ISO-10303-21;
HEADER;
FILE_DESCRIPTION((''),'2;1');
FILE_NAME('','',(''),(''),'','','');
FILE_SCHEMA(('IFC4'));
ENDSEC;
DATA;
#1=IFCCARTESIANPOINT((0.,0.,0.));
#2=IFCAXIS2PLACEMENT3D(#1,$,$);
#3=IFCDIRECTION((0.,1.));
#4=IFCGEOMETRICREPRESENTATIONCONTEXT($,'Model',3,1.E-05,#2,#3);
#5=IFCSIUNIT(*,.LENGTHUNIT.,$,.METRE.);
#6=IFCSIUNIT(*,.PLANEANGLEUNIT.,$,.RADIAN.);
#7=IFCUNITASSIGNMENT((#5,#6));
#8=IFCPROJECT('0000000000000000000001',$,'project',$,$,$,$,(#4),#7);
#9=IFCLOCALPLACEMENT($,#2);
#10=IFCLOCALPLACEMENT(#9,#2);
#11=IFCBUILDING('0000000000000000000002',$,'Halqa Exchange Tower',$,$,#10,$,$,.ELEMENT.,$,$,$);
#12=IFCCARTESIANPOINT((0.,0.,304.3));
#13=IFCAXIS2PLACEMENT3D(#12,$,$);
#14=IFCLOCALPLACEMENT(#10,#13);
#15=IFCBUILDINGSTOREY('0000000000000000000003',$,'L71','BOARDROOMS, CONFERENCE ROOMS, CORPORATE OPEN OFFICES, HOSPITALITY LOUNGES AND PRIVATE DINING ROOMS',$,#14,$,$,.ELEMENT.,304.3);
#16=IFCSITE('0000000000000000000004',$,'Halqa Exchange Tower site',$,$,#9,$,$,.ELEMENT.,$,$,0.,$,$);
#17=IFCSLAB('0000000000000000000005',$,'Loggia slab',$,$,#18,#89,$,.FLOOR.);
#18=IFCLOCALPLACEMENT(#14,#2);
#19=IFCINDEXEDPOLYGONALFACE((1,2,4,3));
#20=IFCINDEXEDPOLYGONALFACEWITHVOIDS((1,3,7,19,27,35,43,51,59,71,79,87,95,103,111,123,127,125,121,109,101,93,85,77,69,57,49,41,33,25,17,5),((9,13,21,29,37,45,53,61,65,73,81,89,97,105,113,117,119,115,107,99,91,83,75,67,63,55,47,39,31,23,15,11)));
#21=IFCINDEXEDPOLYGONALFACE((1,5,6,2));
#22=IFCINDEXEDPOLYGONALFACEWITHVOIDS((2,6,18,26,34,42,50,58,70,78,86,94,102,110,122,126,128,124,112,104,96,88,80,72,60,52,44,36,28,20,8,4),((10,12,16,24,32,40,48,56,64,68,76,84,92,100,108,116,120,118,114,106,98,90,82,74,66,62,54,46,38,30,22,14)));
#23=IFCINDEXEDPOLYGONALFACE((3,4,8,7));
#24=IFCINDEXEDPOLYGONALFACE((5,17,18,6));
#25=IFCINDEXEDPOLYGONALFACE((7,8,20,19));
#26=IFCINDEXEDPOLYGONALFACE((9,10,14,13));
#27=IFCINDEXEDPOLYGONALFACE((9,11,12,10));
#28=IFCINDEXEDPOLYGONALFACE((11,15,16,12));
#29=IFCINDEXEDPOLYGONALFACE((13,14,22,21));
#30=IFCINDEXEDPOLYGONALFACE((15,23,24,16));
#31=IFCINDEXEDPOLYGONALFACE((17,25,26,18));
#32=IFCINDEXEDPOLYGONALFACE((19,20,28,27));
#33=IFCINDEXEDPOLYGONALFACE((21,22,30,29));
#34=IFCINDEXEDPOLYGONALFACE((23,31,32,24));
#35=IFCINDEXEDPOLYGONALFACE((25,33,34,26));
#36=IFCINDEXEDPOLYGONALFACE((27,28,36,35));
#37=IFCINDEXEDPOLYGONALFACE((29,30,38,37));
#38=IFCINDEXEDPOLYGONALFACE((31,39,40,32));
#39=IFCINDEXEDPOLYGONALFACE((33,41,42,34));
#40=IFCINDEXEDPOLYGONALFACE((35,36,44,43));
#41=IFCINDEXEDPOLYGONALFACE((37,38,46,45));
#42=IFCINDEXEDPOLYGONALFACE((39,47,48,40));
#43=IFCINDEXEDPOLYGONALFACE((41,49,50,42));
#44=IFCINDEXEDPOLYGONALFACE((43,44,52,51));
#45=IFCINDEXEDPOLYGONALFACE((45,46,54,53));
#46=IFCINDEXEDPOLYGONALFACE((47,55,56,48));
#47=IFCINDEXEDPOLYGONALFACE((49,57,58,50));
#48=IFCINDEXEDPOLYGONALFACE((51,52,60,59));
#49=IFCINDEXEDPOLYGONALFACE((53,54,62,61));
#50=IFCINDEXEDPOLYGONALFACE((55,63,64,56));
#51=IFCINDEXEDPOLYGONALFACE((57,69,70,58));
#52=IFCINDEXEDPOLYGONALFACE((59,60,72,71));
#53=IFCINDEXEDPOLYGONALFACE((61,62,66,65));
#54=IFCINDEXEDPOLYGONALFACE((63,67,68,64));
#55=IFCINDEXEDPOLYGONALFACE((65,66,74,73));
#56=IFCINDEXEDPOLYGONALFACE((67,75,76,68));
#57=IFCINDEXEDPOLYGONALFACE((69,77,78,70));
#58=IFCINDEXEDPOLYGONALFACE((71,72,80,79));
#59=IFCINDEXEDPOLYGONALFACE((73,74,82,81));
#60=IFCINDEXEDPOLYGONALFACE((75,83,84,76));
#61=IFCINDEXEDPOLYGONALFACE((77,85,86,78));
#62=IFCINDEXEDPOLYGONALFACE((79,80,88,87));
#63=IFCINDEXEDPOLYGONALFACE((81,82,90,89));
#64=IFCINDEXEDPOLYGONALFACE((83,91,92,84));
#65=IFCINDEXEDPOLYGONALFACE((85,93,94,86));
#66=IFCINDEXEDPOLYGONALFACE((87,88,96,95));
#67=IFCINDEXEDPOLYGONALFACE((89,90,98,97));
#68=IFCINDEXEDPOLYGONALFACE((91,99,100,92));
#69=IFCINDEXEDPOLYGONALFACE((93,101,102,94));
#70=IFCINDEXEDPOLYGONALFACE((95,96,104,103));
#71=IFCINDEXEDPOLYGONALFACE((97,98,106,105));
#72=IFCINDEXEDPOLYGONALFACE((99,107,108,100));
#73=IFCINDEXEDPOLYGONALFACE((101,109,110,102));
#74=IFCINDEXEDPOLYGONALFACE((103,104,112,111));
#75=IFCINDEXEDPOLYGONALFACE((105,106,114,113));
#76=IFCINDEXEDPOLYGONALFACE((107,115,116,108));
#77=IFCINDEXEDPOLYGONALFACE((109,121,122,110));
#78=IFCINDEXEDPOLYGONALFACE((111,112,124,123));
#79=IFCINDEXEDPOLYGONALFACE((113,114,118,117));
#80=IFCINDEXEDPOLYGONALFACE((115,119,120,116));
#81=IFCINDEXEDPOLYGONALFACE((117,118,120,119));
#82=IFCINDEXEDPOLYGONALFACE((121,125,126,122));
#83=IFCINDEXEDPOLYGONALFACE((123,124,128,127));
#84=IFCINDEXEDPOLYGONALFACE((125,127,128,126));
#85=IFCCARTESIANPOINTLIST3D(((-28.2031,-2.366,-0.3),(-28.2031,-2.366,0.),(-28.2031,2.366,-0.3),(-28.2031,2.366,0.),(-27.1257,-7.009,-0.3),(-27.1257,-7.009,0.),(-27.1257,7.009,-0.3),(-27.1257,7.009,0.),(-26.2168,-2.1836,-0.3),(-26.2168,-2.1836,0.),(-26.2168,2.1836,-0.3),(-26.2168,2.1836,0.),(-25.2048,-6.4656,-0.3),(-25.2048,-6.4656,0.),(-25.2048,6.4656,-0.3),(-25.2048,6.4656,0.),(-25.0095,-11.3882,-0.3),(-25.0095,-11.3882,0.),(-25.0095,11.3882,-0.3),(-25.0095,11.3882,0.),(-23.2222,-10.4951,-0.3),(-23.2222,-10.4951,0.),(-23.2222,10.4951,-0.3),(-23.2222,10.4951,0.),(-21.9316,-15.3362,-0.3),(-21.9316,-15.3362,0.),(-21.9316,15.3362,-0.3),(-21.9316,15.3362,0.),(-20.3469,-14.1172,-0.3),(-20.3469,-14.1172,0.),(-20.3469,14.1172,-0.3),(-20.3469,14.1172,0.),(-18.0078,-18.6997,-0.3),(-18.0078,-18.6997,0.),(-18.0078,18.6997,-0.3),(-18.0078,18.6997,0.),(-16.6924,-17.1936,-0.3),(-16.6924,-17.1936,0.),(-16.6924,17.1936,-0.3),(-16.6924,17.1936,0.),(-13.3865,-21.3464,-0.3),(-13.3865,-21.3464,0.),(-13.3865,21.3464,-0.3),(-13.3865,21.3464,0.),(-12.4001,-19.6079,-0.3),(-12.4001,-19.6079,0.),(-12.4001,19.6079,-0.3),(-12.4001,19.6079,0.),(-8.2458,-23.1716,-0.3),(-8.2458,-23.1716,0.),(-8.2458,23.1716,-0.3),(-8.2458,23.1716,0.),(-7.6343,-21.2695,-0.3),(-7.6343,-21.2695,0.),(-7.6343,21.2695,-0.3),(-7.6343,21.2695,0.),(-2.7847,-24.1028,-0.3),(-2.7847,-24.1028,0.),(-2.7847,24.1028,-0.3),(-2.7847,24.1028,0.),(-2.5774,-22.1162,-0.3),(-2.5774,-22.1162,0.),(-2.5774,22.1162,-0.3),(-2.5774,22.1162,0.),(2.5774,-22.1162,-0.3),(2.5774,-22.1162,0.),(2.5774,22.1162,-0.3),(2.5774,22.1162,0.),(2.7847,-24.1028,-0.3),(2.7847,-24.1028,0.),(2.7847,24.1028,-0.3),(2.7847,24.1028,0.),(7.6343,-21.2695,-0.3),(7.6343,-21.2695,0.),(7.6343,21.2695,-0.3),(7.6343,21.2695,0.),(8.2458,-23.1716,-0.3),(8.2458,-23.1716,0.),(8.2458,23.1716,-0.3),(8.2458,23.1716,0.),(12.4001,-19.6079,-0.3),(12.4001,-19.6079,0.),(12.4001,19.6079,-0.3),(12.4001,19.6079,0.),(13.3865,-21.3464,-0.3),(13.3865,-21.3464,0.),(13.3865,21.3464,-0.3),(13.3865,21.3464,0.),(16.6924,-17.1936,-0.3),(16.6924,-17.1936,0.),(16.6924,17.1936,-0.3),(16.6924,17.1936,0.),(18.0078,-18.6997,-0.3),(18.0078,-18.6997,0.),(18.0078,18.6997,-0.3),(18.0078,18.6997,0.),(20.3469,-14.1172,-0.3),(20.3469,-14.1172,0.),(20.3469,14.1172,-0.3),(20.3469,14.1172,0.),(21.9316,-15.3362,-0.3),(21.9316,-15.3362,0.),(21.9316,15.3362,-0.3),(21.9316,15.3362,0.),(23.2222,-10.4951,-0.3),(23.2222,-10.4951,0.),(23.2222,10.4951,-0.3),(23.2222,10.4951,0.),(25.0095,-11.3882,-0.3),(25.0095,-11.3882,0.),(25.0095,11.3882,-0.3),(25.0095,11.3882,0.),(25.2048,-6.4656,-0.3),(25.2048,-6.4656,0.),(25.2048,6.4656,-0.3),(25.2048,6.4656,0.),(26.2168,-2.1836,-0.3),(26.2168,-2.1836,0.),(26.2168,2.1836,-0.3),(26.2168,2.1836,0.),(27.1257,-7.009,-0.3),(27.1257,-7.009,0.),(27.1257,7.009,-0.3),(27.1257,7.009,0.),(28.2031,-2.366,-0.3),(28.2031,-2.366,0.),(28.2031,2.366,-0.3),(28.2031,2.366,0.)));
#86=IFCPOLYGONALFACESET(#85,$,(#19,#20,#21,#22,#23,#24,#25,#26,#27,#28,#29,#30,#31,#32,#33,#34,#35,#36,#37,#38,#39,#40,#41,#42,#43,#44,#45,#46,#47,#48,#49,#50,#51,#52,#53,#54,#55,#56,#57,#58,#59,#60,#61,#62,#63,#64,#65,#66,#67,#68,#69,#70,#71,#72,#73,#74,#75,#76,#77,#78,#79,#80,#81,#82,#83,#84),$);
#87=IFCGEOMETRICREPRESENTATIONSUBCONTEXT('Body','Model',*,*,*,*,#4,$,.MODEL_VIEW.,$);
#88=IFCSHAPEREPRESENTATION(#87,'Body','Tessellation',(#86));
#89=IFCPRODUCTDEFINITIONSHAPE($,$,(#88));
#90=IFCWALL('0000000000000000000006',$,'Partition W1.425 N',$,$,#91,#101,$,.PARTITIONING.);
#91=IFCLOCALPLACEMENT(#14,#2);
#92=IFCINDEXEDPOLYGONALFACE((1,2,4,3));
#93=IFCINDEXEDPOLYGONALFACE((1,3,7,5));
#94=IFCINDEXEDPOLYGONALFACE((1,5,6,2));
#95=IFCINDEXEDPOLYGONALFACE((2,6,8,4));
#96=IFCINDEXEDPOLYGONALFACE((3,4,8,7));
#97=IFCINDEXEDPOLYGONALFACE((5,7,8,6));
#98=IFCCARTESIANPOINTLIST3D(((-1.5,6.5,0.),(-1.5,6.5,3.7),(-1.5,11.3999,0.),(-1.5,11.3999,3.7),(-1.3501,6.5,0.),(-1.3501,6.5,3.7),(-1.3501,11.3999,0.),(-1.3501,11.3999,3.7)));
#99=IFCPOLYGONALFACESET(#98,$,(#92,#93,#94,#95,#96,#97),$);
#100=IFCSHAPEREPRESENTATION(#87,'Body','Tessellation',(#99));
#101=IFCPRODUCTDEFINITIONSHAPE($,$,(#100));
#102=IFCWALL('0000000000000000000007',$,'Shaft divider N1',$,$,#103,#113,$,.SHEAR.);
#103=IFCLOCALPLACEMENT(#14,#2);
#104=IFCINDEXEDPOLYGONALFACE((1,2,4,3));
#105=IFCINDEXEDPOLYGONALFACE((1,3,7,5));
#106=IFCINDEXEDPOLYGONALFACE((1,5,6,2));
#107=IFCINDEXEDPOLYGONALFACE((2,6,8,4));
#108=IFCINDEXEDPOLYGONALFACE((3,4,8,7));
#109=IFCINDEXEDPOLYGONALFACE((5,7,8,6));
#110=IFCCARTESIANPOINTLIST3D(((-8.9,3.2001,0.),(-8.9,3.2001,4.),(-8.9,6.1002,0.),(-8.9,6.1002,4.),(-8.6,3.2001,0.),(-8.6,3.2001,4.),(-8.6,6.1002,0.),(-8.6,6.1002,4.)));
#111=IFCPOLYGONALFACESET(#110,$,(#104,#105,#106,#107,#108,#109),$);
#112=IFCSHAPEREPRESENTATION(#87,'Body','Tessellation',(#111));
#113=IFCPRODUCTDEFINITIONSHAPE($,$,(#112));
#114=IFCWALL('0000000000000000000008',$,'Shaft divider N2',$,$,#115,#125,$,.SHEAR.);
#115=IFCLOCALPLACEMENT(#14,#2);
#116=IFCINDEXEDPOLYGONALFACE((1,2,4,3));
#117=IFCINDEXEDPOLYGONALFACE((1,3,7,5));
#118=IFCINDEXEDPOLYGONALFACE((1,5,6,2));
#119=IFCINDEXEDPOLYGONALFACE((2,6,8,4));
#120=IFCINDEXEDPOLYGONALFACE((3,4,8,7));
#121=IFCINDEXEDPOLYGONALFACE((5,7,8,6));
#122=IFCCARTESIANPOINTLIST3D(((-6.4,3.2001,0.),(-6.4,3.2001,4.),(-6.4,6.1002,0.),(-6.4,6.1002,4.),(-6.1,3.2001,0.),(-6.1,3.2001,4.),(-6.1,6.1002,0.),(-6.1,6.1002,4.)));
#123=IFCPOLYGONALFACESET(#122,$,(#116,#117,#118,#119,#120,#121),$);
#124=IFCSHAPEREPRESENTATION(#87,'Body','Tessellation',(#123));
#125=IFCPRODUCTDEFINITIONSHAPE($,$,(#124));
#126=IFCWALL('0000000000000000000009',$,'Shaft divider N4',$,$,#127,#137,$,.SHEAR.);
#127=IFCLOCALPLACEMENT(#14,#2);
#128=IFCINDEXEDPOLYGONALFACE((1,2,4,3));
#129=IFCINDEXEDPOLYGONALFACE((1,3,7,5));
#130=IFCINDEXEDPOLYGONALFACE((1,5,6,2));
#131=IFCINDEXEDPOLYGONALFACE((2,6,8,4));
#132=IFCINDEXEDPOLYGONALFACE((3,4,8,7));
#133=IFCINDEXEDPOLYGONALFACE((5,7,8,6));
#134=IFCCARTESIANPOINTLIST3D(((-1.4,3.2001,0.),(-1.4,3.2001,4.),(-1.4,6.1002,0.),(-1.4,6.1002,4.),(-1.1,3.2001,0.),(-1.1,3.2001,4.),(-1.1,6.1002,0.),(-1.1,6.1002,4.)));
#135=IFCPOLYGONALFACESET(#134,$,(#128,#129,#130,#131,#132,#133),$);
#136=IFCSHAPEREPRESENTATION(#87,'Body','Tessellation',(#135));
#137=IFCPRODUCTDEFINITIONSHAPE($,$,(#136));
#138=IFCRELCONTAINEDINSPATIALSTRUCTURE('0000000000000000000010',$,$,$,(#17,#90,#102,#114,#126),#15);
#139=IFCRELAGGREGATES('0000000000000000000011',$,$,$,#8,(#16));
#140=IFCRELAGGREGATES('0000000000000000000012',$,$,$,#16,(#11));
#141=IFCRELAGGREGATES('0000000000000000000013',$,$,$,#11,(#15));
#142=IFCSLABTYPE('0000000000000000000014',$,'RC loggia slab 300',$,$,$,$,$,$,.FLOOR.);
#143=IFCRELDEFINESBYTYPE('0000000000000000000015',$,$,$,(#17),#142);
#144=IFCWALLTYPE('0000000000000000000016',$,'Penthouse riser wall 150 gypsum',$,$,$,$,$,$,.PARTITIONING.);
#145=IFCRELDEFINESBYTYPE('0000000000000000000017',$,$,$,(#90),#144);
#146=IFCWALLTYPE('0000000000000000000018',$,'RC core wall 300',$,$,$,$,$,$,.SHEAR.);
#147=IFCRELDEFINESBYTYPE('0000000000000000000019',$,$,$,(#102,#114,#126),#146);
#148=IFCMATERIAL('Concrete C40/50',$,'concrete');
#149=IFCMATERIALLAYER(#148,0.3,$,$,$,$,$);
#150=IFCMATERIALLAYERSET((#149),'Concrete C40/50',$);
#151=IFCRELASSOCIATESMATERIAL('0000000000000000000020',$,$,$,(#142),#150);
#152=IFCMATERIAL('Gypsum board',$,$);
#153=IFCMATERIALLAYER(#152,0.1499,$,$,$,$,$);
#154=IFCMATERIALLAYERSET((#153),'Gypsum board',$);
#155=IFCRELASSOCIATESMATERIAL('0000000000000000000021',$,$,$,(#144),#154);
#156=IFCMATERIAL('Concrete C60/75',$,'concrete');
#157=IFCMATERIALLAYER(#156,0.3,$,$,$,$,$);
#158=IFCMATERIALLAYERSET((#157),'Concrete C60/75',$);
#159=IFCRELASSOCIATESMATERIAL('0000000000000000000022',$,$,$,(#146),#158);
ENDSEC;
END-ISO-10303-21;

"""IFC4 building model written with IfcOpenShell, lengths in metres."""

from ifc_helpers import new_model, si_unit, direction, frame, frame_2d, origin, place, context, subcontext, project, spatial, polyline, rectangle, outline, extrude, material, layer, layer_set, type_object, element, save


model = new_model("IFC4")

# Units and contexts
model_context = context("Model", 3, precision=1e-05, world=origin(), true_north=direction((0.0, 1.0)))
body_context = subcontext(model_context, "Body", "Model", "MODEL_VIEW")
ifc_project = project(units=[si_unit("LENGTHUNIT", "METRE"), si_unit("PLANEANGLEUNIT", "RADIAN")], contexts=[model_context])

# Site, building, storey
site_placement = place(None, origin())
site = spatial("IfcSite", under=ifc_project, at=site_placement, Name="Halqa Exchange Tower site", CompositionType="ELEMENT", RefElevation=0.0)
building_placement = place(site_placement, origin())
building = spatial("IfcBuilding", under=site, at=building_placement, Name="Halqa Exchange Tower", CompositionType="ELEMENT")
storey_placement = place(building_placement, frame((0.0, 0.0, 304.3)))
storey = spatial("IfcBuildingStorey", under=building, at=storey_placement, Name="L71", Description="BOARDROOMS, CONFERENCE ROOMS, CORPORATE OPEN OFFICES, HOSPITALITY LOUNGES AND PRIVATE DINING ROOMS", CompositionType="ELEMENT", Elevation=304.3)

# Slab
ifc_material_1 = material(Name="Concrete C60/75", Category="concrete")
ifc_material_2 = material(Name="Concrete C40/50", Category="concrete")
ifc_layer_1 = layer(ifc_material_2, 0.3)
ifc_layer_set_1 = layer_set([ifc_layer_1], Name="Concrete C40/50")
slab_type_1 = type_object("IfcSlabType", Name="RC loggia slab 300", PredefinedType="FLOOR", material=ifc_layer_set_1)
slab_1_placement = place(storey_placement, frame((0.0, 0.0, -0.3)))
element("IfcSlab", 1, at=slab_1_placement, inside=storey, type_object=slab_type_1, Name="Loggia slab", PredefinedType="FLOOR", context=body_context, shape_type="SweptSolid", body=[
    extrude(outline(polyline([(28.2031, 2.366), (28.2031, -2.366), (27.1257, -7.009), (25.0095, -11.3882), (21.9316, -15.3362), (18.0078, -18.6997), (13.3865, -21.3464), (8.2458, -23.1716), (2.7847, -24.1028), (-2.7847, -24.1028), (-8.2458, -23.1716), (-13.3865, -21.3464), (-18.0078, -18.6997), (-21.9316, -15.3362), (-25.0095, -11.3882), (-27.1257, -7.009), (-28.2031, -2.366), (-28.2031, 2.366), (-27.1257, 7.009), (-25.0095, 11.3882), (-21.9316, 15.3362), (-18.0078, 18.6997), (-13.3865, 21.3464), (-8.2458, 23.1716), (-2.7847, 24.1028), (2.7847, 24.1028), (8.2458, 23.1716), (13.3865, 21.3464), (18.0078, 18.6997), (21.9316, 15.3362), (25.0095, 11.3882), (27.1257, 7.009), (28.2031, 2.366)]), holes=[polyline([(26.2168, 2.1836), (25.2048, 6.4656), (23.2222, 10.4951), (20.3469, 14.1172), (16.6924, 17.1936), (12.4001, 19.6079), (7.6343, 21.2695), (2.5774, 22.1162), (-2.5774, 22.1162), (-7.6343, 21.2695), (-12.4001, 19.6079), (-16.6924, 17.1936), (-20.3469, 14.1172), (-23.2222, 10.4951), (-25.2048, 6.4656), (-26.2168, 2.1836), (-26.2168, -2.1836), (-25.2048, -6.4656), (-23.2222, -10.4951), (-20.3469, -14.1172), (-16.6924, -17.1936), (-12.4001, -19.6079), (-7.6343, -21.2695), (-2.5774, -22.1162), (2.5774, -22.1162), (7.6343, -21.2695), (12.4001, -19.6079), (16.6924, -17.1936), (20.3469, -14.1172), (23.2222, -10.4951), (25.2048, -6.4656), (26.2168, -2.1836), (26.2168, 2.1836)])]), origin(), (0.0, 0.0, 1.0), 0.3),
])

# Walls
ifc_material_3 = material(Name="Gypsum board")
ifc_layer_2 = layer(ifc_material_3, 0.1499)
ifc_layer_set_2 = layer_set([ifc_layer_2], Name="Gypsum board")
wall_type_1 = type_object("IfcWallType", Name="Penthouse riser wall 150 gypsum", PredefinedType="PARTITIONING", material=ifc_layer_set_2)
wall_1_placement = place(storey_placement, frame((-1.425, 6.5, 0.0), z_axis=(0.0, 0.0, 1.0), x_axis=(0.0, 1.0, 0.0)))
element("IfcWall", 2, at=wall_1_placement, inside=storey, type_object=wall_type_1, Name="Partition W1.425 N", PredefinedType="PARTITIONING", context=body_context, shape_type="SweptSolid", body=[
    extrude(rectangle(XDim=4.8999, YDim=0.1499, at=frame_2d((2.45, 0.0))), origin(), (0.0, 0.0, 1.0), 3.7),
])
ifc_layer_3 = layer(ifc_material_1, 0.3)
ifc_layer_set_3 = layer_set([ifc_layer_3], Name="Concrete C60/75")
wall_type_2 = type_object("IfcWallType", Name="RC core wall 300", PredefinedType="SHEAR", material=ifc_layer_set_3)
for number, where, z_axis, x_axis, name in (
    (3, (-8.75, 3.2, 0.0), (0.0, 0.0, 1.0), (0.0, 1.0, 0.0), "Shaft divider N1"),
    (4, (-6.25, 3.2, 0.0), (0.0, 0.0, 1.0), (0.0, 1.0, 0.0), "Shaft divider N2"),
    (5, (-1.25, 3.2, 0.0), (0.0, 0.0, 1.0), (0.0, 1.0, 0.0), "Shaft divider N4"),
):
    element("IfcWall", number, at=place(storey_placement, frame(where, z_axis=z_axis, x_axis=x_axis)), inside=storey, type_object=wall_type_2, Name=name, PredefinedType="SHEAR", context=body_context, shape_type="SweptSolid", body=[
        extrude(rectangle(XDim=2.9001, YDim=0.3, at=frame_2d((1.4502, 0.0))), origin(), (0.0, 0.0, 1.0), 4.0),
    ])

save(model, "model.ifc")
